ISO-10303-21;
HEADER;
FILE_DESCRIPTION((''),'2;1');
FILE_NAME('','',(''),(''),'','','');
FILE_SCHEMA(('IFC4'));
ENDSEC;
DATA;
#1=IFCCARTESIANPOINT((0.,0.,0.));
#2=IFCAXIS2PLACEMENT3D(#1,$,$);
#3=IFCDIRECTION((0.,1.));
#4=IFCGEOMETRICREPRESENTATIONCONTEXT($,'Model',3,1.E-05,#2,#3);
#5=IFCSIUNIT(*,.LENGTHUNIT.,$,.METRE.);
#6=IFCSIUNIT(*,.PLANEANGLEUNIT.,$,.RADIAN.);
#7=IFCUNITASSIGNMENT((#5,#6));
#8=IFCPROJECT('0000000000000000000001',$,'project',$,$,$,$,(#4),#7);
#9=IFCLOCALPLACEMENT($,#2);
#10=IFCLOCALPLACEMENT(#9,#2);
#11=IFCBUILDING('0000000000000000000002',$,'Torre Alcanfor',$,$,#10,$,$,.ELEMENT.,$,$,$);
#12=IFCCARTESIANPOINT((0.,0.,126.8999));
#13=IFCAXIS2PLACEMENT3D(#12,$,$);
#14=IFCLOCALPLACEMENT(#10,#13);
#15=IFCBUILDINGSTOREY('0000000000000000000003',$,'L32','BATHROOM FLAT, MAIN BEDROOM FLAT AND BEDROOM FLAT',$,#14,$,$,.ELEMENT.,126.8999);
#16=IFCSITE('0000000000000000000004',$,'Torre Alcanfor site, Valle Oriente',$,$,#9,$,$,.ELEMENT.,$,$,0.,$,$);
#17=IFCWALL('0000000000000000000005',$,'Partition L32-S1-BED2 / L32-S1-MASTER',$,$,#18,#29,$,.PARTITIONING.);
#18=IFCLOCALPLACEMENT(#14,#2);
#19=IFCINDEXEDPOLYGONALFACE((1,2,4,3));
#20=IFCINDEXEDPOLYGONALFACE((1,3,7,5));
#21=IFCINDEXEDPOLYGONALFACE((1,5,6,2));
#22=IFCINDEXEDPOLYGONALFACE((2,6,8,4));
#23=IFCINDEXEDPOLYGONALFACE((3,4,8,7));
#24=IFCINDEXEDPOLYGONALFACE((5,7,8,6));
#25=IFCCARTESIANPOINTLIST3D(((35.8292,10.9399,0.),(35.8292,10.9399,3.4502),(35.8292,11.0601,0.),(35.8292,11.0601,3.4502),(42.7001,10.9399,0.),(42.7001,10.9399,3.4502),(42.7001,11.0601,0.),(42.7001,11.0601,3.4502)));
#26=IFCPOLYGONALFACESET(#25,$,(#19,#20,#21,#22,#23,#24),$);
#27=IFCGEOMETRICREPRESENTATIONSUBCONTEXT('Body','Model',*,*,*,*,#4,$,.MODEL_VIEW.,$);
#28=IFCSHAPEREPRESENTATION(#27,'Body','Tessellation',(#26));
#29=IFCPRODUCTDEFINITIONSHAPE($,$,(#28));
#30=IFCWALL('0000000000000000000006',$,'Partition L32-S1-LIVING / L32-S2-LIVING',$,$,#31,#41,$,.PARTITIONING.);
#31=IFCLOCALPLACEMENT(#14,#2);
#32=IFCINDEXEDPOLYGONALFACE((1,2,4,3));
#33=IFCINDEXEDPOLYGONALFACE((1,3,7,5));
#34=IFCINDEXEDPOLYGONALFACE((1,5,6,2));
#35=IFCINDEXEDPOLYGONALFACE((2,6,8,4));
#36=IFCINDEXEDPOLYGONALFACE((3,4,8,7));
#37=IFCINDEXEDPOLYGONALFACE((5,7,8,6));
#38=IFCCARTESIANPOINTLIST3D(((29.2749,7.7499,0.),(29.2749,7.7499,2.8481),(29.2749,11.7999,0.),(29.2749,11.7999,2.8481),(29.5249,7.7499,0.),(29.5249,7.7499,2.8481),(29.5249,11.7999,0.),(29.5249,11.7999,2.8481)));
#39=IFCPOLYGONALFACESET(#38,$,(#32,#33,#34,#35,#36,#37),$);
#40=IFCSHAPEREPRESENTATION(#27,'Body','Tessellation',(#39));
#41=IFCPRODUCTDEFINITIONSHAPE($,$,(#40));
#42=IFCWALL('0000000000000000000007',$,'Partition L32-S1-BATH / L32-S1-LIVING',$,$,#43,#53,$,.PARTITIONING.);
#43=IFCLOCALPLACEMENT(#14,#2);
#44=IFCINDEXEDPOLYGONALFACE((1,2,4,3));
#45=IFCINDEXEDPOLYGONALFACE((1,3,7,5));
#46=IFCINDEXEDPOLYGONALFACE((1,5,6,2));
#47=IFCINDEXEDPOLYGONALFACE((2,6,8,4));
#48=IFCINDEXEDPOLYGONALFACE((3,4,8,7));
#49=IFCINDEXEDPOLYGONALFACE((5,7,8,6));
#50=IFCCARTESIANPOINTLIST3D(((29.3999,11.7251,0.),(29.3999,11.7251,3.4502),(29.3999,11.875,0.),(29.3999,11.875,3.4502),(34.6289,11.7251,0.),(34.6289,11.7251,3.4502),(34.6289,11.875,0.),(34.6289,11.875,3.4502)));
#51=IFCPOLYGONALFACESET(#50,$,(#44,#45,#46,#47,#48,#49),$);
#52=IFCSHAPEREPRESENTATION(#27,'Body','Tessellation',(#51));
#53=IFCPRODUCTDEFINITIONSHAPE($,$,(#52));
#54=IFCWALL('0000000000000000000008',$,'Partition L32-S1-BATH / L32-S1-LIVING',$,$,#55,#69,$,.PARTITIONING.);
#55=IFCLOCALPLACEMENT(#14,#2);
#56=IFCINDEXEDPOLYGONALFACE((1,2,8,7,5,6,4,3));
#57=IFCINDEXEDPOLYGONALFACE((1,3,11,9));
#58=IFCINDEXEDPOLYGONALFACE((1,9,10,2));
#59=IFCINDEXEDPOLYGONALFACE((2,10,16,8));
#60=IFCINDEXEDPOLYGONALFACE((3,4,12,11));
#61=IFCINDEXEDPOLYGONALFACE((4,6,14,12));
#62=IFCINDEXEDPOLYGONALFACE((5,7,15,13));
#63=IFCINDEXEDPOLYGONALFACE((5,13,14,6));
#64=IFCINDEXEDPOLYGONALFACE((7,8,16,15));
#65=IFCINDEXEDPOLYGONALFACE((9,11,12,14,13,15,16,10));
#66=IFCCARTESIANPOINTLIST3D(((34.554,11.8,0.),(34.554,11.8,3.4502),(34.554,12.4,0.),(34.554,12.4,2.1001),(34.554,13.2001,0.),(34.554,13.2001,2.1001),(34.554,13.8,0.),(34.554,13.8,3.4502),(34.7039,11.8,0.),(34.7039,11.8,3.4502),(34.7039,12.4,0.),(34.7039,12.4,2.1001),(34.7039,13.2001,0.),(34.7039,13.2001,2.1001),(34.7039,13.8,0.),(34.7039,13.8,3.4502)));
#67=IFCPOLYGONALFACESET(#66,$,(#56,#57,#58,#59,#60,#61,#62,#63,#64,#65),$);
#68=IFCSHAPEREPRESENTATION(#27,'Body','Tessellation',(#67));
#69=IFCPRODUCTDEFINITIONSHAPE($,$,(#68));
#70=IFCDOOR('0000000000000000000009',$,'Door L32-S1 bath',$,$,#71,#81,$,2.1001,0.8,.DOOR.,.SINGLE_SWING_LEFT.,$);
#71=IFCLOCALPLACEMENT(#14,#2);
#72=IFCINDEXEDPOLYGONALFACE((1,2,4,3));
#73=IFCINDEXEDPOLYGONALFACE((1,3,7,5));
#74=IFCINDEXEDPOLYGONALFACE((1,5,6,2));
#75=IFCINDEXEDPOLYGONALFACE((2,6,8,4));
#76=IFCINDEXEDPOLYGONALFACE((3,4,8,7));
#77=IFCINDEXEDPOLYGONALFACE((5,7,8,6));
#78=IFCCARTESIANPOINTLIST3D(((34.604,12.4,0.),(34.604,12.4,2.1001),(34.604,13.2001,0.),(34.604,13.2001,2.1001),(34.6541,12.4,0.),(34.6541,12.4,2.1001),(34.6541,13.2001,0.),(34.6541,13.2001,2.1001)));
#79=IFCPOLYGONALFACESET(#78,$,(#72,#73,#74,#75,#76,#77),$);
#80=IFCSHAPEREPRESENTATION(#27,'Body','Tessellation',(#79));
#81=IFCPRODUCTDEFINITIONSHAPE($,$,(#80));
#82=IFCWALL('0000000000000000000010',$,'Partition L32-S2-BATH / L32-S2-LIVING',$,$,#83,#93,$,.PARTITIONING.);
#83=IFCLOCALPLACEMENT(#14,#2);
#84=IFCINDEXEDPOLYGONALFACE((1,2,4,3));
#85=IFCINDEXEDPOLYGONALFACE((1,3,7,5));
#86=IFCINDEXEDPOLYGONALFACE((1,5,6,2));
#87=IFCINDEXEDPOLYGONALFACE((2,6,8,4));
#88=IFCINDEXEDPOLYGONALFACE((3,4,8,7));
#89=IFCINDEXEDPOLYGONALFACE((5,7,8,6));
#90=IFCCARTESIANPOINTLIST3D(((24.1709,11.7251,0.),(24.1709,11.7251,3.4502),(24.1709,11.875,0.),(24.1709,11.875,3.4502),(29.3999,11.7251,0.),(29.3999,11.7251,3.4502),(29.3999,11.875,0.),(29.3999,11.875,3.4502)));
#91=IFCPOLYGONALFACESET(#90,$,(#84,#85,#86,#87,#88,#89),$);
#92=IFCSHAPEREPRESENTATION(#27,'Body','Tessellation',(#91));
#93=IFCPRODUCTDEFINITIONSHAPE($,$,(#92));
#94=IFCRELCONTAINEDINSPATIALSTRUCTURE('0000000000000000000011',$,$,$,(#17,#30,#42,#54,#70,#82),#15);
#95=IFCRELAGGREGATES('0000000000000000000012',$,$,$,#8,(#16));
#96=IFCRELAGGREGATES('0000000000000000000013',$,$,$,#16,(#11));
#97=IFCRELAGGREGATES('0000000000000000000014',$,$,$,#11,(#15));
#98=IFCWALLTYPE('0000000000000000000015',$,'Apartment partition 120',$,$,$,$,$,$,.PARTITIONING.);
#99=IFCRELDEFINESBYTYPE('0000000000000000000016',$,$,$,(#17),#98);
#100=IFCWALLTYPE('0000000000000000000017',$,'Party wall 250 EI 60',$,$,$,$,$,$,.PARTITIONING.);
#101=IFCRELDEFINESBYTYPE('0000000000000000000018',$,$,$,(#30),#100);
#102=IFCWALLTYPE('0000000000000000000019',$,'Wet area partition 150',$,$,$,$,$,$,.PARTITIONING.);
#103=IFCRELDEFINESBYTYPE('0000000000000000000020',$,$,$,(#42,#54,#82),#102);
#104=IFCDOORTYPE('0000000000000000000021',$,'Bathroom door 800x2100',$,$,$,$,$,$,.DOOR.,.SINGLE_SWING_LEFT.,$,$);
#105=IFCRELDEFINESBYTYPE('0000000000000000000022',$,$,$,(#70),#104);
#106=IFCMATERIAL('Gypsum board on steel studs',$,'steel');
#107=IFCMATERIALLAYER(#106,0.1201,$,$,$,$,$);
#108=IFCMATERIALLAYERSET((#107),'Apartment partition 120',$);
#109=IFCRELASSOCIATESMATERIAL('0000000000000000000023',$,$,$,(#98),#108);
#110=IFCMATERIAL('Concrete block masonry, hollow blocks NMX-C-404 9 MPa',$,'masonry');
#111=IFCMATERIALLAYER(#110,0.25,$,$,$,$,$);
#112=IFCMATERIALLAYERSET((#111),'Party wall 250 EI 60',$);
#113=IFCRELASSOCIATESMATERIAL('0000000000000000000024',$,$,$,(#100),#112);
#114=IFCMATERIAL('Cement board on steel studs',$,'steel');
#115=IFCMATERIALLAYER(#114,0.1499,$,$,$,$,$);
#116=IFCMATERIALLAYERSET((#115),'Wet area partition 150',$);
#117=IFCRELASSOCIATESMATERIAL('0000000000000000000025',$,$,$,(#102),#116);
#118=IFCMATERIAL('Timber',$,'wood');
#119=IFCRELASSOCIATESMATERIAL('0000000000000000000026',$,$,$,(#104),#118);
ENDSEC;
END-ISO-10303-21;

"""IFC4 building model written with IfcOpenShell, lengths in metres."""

from ifc_helpers import new_model, si_unit, direction, frame, frame_2d, origin, place, context, subcontext, project, spatial, rectangle, extrude, material, layer, layer_set, type_object, element, fill, save


model = new_model("IFC4")

# Units and contexts
model_context = context("Model", 3, precision=1e-05, world=origin(), true_north=direction((0.0, 1.0)))
body_context = subcontext(model_context, "Body", "Model", "MODEL_VIEW")
ifc_project = project(units=[si_unit("LENGTHUNIT", "METRE"), si_unit("PLANEANGLEUNIT", "RADIAN")], contexts=[model_context])

# Site, building, storey
site_placement = place(None, origin())
site = spatial("IfcSite", under=ifc_project, at=site_placement, Name="Torre Alcanfor site, Valle Oriente", CompositionType="ELEMENT", RefElevation=0.0)
building_placement = place(site_placement, origin())
building = spatial("IfcBuilding", under=site, at=building_placement, Name="Torre Alcanfor", CompositionType="ELEMENT")
storey_placement = place(building_placement, frame((0.0, 0.0, 126.8999)))
storey = spatial("IfcBuildingStorey", under=building, at=storey_placement, Name="L32", Description="BATHROOM FLAT, MAIN BEDROOM FLAT AND BEDROOM FLAT", CompositionType="ELEMENT", Elevation=126.8999)

# Shared definitions
ifc_material_1 = material(Name="Gypsum board on steel studs", Category="steel")
ifc_layer_1 = layer(ifc_material_1, 0.1201)
ifc_layer_set_1 = layer_set([ifc_layer_1], Name="Apartment partition 120")
wall_type_1 = type_object("IfcWallType", Name="Apartment partition 120", PredefinedType="PARTITIONING", material=ifc_layer_set_1)

# Walls
wall_1_placement = place(storey_placement, frame((35.8291, 11.0, 0.0), z_axis=(0.0, 0.0, 1.0), x_axis=(1.0, 0.0, 0.0)))
element("IfcWall", 1, at=wall_1_placement, inside=storey, type_object=wall_type_1, Name="Partition L32-S1-BED2 / L32-S1-MASTER", PredefinedType="PARTITIONING", context=body_context, shape_type="SweptSolid", body=[
    extrude(rectangle(XDim=6.8708, YDim=0.1201, at=frame_2d((3.4355, 0.0))), origin(), (0.0, 0.0, 1.0), 3.4502),
])
ifc_material_2 = material(Name="Concrete block masonry, hollow blocks NMX-C-404 9 MPa", Category="masonry")
ifc_layer_2 = layer(ifc_material_2, 0.25)
ifc_layer_set_2 = layer_set([ifc_layer_2], Name="Party wall 250 EI 60")
wall_type_2 = type_object("IfcWallType", Name="Party wall 250 EI 60", PredefinedType="PARTITIONING", material=ifc_layer_set_2)
wall_2_placement = place(storey_placement, frame((29.3999, 7.75, 0.0), z_axis=(0.0, 0.0, 1.0), x_axis=(0.0, 1.0, 0.0)))
element("IfcWall", 2, at=wall_2_placement, inside=storey, type_object=wall_type_2, Name="Partition L32-S1-LIVING / L32-S2-LIVING", PredefinedType="PARTITIONING", context=body_context, shape_type="SweptSolid", body=[
    extrude(rectangle(XDim=4.05, YDim=0.25, at=frame_2d((2.0249, 0.0))), origin(), (0.0, 0.0, 1.0), 2.8481),
])
ifc_material_3 = material(Name="Cement board on steel studs", Category="steel")
ifc_layer_3 = layer(ifc_material_3, 0.1499)
ifc_layer_set_3 = layer_set([ifc_layer_3], Name="Wet area partition 150")
wall_type_3 = type_object("IfcWallType", Name="Wet area partition 150", PredefinedType="PARTITIONING", material=ifc_layer_set_3)
wall_3_placement = place(storey_placement, frame((29.3999, 11.8, 0.0), z_axis=(0.0, 0.0, 1.0), x_axis=(1.0, 0.0, 0.0)))
element("IfcWall", 3, at=wall_3_placement, inside=storey, type_object=wall_type_3, Name="Partition L32-S1-BATH / L32-S1-LIVING", PredefinedType="PARTITIONING", context=body_context, shape_type="SweptSolid", body=[
    extrude(rectangle(XDim=5.229, YDim=0.1499, at=frame_2d((2.6145, 0.0))), origin(), (0.0, 0.0, 1.0), 3.4502),
])

# Wall, opening, door
wall_4_placement = place(storey_placement, frame((34.6289, 11.8, 0.0), z_axis=(0.0, 0.0, 1.0), x_axis=(0.0, 1.0, 0.0)))
wall_4 = element("IfcWall", 4, at=wall_4_placement, inside=storey, type_object=wall_type_3, Name="Partition L32-S1-BATH / L32-S1-LIVING", PredefinedType="PARTITIONING", context=body_context, shape_type="SweptSolid", body=[
    extrude(rectangle(XDim=2.0, YDim=0.1499, at=frame_2d((1.0, 0.0))), origin(), (0.0, 0.0, 1.0), 3.4502),
])
opening_1_placement = place(wall_4_placement, frame((0.6001, 0.0, 0.0)))
opening_1 = element("IfcOpeningElement", 5, at=opening_1_placement, cuts=wall_4, PredefinedType="OPENING", context=body_context, shape_type="SweptSolid", body=[
    extrude(rectangle(XDim=0.8, YDim=2.1001, at=frame_2d((0.3999, 1.05))), frame((0.0, 0.085, 0.0), z_axis=(0.0, -1.0, 0.0), x_axis=(1.0, 0.0, 0.0)), (0.0, 0.0, 1.0), 0.1699),
])
ifc_material_4 = material(Name="Timber", Category="wood")
door_type_1 = type_object("IfcDoorType", Name="Bathroom door 800x2100", OperationType="SINGLE_SWING_LEFT", PredefinedType="DOOR", material=ifc_material_4)
door_1_placement = place(opening_1_placement, origin())
door_1 = element("IfcDoor", 6, at=door_1_placement, inside=storey, type_object=door_type_1, Name="Door L32-S1 bath", OperationType="SINGLE_SWING_LEFT", OverallHeight=2.1001, OverallWidth=0.8, PredefinedType="DOOR", context=body_context, shape_type="SweptSolid", body=[
    extrude(rectangle(XDim=0.8, YDim=2.1001, at=frame_2d((0.3999, 1.05))), frame((0.0, 0.0249, 0.0), z_axis=(0.0, -1.0, 0.0), x_axis=(1.0, 0.0, 0.0)), (0.0, 0.0, 1.0), 0.05),
])
fill(opening_1, door_1)

# Wall
wall_5_placement = place(storey_placement, frame((29.3999, 11.8, 0.0), z_axis=(0.0, 0.0, 1.0), x_axis=(-1.0, 0.0, 0.0)))
element("IfcWall", 7, at=wall_5_placement, inside=storey, type_object=wall_type_3, Name="Partition L32-S2-BATH / L32-S2-LIVING", PredefinedType="PARTITIONING", context=body_context, shape_type="SweptSolid", body=[
    extrude(rectangle(XDim=5.229, YDim=0.1499, at=frame_2d((2.6145, 0.0))), origin(), (0.0, 0.0, 1.0), 3.4502),
])

save(model, "model.ifc")
